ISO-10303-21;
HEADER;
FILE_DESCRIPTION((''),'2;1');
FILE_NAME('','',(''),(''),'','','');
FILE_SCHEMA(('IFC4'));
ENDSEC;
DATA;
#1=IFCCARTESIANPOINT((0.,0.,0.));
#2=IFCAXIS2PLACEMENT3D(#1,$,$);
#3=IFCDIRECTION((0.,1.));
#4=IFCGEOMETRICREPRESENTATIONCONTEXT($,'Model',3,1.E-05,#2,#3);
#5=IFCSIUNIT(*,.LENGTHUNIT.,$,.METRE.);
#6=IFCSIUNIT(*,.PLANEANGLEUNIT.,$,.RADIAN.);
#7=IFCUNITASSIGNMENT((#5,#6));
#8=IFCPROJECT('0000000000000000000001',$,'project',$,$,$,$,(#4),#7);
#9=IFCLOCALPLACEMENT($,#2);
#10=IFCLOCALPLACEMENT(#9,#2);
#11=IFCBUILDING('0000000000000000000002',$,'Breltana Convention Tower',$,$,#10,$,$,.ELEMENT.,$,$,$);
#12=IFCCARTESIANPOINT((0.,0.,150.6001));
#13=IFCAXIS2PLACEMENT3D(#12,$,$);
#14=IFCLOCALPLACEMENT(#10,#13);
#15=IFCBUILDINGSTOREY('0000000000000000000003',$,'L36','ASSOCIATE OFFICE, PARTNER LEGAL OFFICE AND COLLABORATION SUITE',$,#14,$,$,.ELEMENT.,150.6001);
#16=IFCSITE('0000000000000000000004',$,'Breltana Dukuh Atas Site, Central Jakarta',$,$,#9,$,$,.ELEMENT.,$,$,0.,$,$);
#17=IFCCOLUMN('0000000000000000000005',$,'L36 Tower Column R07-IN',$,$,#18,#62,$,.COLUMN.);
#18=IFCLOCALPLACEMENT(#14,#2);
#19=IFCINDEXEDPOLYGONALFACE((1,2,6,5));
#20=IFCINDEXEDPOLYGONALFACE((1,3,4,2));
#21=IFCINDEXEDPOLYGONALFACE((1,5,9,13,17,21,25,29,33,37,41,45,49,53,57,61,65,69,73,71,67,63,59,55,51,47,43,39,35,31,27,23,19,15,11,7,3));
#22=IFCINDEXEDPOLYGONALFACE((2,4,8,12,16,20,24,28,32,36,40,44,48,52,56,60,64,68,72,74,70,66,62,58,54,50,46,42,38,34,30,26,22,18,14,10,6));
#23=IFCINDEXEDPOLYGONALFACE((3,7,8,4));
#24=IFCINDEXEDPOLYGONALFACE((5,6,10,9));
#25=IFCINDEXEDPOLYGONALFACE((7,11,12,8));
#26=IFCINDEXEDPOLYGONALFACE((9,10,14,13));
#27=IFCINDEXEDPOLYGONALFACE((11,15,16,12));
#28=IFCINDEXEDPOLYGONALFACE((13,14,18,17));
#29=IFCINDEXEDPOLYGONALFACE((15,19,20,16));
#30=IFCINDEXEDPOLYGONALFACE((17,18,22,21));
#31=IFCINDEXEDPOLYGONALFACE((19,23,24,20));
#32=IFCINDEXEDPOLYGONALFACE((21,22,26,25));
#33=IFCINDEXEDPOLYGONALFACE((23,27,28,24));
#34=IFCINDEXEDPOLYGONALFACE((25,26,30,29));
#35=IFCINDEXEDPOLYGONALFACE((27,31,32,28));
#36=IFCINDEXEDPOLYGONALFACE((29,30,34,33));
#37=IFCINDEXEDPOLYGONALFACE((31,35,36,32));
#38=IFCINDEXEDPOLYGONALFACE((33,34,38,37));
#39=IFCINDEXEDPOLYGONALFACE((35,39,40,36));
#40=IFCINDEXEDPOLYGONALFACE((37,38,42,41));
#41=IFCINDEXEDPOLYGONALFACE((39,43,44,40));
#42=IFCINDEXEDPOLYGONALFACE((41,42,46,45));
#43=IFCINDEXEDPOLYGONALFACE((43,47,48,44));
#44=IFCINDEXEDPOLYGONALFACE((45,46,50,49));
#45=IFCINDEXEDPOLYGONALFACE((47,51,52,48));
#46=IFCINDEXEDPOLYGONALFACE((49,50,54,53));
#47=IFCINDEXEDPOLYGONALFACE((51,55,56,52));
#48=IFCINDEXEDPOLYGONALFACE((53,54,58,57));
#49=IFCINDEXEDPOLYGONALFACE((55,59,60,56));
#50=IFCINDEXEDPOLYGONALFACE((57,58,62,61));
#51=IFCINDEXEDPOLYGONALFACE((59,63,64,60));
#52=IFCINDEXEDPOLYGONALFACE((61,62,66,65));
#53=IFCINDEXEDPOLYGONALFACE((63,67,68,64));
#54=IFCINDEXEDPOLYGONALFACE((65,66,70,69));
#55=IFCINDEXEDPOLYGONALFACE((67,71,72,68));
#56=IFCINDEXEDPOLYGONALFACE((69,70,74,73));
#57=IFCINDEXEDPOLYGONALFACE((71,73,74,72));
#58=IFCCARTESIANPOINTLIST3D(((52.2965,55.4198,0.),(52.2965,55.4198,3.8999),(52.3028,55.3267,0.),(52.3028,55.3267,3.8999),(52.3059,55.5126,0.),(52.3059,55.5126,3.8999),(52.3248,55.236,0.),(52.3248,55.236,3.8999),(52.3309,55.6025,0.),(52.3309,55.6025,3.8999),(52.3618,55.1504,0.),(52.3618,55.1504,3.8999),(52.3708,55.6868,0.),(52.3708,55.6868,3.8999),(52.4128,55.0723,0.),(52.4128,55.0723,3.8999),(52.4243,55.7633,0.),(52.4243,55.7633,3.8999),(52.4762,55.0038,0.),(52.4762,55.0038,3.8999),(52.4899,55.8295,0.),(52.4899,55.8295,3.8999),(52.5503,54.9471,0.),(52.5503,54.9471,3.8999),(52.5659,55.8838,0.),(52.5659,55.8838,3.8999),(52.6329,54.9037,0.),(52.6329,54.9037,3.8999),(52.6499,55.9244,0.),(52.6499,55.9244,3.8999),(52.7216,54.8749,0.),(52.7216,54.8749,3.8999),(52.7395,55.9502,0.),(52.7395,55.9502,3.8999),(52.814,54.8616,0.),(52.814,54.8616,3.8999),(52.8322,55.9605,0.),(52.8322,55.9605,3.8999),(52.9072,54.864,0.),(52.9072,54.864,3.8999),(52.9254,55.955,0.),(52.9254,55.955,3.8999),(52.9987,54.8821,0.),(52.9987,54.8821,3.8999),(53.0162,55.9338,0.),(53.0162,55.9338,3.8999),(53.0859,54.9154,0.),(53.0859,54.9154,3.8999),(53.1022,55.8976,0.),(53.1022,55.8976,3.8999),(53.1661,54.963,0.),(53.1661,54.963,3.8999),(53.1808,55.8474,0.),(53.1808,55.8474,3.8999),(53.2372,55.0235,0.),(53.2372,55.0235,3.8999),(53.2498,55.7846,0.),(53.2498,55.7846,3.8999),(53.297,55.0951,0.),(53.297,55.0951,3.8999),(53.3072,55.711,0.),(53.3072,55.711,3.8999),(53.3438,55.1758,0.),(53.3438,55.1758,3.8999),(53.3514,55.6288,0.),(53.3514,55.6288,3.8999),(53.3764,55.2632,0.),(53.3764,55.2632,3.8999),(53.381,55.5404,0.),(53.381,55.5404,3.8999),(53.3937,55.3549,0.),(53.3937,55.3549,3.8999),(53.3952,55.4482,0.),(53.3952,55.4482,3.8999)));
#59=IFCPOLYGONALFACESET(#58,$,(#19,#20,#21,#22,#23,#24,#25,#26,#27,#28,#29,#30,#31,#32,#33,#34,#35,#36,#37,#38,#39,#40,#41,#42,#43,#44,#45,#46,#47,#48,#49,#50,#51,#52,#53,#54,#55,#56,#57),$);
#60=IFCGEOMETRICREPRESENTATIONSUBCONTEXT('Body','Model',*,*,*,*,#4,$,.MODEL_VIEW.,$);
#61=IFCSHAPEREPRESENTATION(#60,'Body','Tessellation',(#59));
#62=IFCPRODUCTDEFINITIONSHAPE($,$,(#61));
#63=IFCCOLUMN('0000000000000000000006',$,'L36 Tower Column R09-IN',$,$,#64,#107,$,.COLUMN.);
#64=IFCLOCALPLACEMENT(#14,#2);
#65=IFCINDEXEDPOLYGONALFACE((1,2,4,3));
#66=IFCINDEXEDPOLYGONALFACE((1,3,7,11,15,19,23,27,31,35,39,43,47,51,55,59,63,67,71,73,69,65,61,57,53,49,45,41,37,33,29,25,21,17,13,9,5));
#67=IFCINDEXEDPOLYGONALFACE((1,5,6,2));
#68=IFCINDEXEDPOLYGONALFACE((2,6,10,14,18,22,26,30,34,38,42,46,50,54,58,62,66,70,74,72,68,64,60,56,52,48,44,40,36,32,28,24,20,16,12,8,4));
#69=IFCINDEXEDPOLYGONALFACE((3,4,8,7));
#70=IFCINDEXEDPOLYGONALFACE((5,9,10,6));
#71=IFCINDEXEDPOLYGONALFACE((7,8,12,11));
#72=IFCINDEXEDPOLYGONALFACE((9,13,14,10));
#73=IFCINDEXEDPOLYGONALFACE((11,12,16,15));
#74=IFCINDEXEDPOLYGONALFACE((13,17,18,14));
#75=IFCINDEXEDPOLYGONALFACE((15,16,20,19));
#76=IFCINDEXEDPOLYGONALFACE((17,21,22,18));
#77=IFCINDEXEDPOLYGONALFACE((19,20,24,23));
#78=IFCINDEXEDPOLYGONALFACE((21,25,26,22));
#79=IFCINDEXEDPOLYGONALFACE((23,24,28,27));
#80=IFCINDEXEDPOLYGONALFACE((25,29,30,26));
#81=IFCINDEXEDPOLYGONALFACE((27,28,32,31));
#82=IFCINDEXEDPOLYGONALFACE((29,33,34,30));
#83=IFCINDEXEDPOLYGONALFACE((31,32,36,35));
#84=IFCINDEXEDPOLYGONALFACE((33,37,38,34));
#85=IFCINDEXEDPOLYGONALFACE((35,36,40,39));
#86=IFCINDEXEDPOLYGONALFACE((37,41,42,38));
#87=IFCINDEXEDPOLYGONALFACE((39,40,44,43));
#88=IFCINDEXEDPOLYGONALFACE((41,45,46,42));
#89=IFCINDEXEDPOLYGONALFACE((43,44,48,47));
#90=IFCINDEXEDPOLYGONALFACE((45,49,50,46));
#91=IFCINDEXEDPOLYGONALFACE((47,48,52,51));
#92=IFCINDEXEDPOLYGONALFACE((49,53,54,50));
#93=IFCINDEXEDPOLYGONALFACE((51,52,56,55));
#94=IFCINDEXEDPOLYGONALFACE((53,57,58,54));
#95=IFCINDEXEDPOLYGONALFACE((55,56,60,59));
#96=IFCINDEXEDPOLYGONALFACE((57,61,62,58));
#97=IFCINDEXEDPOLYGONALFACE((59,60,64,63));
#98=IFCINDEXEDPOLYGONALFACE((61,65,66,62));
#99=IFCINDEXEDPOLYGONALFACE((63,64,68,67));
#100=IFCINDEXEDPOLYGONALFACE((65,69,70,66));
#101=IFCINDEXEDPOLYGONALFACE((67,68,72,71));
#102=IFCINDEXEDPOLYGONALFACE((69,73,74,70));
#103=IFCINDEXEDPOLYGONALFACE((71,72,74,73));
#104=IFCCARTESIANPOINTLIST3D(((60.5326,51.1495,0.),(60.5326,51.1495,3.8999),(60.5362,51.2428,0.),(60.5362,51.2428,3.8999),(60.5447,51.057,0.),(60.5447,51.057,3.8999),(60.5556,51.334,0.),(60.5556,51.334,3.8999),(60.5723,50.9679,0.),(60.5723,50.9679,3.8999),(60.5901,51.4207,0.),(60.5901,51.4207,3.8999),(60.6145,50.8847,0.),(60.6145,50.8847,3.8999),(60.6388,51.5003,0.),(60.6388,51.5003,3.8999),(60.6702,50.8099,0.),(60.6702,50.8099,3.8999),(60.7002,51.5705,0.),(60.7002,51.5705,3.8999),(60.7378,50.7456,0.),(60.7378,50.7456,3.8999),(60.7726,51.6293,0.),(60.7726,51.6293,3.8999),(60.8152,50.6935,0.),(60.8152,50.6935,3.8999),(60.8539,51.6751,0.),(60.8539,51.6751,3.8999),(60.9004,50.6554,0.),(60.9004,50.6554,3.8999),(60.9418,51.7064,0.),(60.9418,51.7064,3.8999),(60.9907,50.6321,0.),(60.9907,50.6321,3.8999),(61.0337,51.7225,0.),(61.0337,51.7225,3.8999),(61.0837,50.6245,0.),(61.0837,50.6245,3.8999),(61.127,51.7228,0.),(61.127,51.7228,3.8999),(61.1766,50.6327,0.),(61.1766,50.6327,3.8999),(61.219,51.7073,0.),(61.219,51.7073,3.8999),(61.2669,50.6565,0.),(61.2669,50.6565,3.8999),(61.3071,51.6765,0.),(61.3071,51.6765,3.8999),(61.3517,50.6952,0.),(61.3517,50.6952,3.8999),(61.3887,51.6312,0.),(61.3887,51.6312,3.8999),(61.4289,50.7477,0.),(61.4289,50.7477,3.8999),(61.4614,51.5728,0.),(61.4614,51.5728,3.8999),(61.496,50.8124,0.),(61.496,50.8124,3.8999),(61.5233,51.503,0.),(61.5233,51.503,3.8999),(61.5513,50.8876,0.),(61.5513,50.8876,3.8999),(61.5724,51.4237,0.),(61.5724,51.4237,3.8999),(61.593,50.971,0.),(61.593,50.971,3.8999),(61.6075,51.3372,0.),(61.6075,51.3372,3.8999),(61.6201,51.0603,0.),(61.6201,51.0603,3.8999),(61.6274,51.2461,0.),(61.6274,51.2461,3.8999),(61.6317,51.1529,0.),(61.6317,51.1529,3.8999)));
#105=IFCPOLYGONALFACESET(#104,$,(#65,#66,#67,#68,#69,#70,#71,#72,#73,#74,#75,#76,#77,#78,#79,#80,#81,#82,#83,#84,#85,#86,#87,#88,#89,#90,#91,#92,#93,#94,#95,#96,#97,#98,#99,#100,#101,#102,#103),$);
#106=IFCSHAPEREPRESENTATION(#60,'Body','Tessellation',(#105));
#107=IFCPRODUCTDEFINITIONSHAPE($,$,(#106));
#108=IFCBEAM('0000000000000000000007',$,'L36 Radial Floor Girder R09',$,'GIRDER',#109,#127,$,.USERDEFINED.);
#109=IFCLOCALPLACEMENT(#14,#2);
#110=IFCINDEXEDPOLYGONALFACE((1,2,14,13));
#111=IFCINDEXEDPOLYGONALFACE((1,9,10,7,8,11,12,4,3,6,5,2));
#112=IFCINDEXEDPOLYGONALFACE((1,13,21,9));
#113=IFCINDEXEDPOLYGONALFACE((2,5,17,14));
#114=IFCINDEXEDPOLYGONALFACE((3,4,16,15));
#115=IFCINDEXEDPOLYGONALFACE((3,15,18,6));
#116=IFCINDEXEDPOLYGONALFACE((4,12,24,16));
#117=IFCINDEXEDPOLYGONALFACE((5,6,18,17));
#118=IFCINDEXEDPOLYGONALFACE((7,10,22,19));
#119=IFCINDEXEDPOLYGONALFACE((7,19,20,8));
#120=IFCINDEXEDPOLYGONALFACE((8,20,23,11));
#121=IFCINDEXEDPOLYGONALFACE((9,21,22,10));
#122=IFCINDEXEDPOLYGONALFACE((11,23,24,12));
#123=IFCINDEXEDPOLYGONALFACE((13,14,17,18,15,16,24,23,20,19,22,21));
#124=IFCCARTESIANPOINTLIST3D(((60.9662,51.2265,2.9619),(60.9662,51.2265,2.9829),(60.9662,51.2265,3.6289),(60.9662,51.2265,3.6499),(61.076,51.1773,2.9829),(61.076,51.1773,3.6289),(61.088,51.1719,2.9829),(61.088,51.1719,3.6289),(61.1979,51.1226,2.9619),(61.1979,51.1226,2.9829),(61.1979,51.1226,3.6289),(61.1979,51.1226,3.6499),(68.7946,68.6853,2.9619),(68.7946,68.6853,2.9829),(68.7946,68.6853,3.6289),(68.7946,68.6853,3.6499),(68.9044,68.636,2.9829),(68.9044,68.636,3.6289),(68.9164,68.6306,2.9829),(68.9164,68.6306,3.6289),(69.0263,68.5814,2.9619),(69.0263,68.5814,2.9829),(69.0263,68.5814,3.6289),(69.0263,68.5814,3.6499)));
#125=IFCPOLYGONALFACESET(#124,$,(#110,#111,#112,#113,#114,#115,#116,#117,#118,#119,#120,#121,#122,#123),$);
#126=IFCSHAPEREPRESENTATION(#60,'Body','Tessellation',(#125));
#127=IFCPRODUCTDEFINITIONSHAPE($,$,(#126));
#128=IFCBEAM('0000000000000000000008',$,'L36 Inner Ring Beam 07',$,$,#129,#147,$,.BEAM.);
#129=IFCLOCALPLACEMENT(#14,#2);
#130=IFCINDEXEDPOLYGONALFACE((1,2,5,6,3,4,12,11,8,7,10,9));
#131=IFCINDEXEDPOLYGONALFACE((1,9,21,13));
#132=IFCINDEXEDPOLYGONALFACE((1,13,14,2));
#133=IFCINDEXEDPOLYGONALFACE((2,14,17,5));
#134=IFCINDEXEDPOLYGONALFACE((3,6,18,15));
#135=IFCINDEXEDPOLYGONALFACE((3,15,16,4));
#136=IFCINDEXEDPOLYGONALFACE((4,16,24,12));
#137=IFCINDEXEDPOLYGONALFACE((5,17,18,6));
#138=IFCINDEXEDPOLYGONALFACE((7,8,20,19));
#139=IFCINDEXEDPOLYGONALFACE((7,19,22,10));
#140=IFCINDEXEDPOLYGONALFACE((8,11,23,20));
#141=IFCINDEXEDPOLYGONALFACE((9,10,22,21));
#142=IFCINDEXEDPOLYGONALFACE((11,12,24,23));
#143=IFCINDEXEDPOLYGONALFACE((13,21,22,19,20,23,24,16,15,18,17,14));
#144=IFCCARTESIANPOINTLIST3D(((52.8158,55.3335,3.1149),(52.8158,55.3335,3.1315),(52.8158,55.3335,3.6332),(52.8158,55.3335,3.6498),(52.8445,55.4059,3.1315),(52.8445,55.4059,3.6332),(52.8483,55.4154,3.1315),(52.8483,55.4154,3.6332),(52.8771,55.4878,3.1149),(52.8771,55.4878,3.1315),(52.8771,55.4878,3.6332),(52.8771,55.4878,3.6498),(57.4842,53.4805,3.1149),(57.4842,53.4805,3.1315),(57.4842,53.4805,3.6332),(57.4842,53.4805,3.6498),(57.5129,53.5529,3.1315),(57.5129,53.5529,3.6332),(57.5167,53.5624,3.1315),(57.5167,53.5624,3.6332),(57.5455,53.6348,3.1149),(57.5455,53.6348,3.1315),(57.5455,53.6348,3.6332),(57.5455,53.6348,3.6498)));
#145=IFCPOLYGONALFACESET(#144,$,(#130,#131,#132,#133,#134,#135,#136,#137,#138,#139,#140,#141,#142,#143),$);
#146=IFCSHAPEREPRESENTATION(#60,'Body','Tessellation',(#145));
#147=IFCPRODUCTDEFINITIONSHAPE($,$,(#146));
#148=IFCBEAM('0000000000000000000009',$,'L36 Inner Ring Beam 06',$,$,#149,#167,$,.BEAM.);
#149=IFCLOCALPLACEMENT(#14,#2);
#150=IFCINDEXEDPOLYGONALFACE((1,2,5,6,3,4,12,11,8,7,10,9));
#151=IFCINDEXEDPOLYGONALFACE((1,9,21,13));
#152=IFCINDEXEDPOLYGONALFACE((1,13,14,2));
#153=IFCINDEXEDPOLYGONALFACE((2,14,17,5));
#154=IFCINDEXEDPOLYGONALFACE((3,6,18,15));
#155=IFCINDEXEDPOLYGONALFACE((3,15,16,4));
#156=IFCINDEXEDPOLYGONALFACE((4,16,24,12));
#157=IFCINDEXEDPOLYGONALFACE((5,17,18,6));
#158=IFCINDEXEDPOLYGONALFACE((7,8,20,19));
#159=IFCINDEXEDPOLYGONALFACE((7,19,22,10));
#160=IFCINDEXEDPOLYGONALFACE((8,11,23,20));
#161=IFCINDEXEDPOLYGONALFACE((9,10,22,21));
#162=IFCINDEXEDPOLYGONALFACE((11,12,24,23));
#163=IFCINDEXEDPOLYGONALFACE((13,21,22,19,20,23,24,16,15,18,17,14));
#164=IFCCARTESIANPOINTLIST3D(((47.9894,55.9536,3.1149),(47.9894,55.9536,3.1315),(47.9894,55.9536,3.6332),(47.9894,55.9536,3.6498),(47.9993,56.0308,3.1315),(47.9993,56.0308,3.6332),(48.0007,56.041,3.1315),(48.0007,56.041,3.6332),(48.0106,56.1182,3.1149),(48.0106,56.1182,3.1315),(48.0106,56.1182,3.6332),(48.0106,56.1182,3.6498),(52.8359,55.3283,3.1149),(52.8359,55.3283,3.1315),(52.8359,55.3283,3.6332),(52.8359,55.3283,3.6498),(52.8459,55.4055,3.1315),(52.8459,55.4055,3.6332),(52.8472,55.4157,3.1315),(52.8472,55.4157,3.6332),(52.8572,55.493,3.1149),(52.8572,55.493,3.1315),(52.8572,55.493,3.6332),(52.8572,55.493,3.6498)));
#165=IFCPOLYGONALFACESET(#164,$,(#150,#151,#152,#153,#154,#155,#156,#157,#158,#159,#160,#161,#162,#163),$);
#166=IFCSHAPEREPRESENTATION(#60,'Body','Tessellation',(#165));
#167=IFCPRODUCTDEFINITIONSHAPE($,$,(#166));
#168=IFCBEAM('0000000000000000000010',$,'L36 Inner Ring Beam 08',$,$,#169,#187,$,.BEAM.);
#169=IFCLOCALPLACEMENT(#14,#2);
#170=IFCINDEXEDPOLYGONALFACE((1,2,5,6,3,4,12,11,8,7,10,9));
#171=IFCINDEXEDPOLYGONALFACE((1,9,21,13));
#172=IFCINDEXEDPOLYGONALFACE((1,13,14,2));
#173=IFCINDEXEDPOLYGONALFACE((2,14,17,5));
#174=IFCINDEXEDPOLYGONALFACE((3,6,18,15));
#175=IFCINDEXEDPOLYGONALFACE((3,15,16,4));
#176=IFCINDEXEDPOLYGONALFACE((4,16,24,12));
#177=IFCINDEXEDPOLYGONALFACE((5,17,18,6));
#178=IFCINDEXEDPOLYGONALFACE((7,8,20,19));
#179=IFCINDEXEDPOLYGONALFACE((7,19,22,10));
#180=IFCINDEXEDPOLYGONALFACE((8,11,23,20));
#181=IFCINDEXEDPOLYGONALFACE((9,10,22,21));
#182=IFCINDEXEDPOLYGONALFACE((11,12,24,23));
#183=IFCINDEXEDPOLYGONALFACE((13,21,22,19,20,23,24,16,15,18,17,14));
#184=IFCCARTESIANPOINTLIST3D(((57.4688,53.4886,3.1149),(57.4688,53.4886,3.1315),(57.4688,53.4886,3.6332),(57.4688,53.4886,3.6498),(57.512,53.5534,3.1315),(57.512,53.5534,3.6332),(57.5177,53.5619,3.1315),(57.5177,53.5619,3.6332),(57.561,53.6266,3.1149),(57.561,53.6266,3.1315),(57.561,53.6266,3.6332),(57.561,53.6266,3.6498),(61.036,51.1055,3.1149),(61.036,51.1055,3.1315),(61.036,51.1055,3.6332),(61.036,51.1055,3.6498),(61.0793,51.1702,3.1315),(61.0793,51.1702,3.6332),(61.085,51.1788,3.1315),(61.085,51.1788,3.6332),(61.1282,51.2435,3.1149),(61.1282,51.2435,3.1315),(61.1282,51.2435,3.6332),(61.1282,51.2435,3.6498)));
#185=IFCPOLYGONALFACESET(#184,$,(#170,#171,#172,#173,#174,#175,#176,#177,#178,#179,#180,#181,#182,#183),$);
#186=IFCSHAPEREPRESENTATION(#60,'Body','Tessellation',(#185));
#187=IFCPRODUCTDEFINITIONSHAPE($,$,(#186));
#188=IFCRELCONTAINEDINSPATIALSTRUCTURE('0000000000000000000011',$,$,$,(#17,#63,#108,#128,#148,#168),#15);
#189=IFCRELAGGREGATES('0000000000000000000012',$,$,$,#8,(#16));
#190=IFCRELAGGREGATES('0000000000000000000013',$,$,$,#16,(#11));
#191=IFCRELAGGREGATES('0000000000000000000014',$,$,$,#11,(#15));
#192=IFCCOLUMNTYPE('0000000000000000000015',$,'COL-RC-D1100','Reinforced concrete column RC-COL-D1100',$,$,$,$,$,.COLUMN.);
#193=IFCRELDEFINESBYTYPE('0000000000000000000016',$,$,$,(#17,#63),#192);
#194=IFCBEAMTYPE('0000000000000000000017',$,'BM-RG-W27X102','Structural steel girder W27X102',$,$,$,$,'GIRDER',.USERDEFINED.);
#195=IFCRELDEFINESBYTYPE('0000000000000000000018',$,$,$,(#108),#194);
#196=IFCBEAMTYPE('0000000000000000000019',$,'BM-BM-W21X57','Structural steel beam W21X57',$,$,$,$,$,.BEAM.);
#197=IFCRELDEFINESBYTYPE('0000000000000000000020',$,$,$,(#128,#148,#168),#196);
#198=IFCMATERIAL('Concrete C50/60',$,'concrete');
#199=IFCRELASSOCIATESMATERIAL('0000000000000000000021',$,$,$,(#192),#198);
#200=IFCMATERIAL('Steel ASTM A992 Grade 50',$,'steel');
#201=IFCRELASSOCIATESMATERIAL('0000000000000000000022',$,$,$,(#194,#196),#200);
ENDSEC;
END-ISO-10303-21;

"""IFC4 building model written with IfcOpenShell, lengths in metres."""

from ifc_helpers import new_model, si_unit, direction, frame, origin, origin_2d, place, context, subcontext, project, spatial, circle, i_section, extrude, source, transform, mapped, material, material_profile, profile_set, type_object, element, save


model = new_model("IFC4")

# Units and contexts
model_context = context("Model", 3, precision=1e-05, world=origin(), true_north=direction((0.0, 1.0)))
body_context = subcontext(model_context, "Body", "Model", "MODEL_VIEW")
ifc_project = project(units=[si_unit("LENGTHUNIT", "METRE"), si_unit("PLANEANGLEUNIT", "RADIAN")], contexts=[model_context])

# Site, building, storey
site_placement = place(None, origin())
site = spatial("IfcSite", under=ifc_project, at=site_placement, Name="Breltana Dukuh Atas Site, Central Jakarta", CompositionType="ELEMENT", RefElevation=0.0)
building_placement = place(site_placement, origin())
building = spatial("IfcBuilding", under=site, at=building_placement, Name="Breltana Convention Tower", CompositionType="ELEMENT")
storey_placement = place(building_placement, frame((0.0, 0.0, 150.6001)))
storey = spatial("IfcBuildingStorey", under=building, at=storey_placement, Name="L36", Description="ASSOCIATE OFFICE, PARTNER LEGAL OFFICE AND COLLABORATION SUITE", CompositionType="ELEMENT", Elevation=150.6001)

# Columns
ifc_material_1 = material(Name="Concrete C50/60", Category="concrete")
ifc_material_profile_1 = material_profile(ifc_material_1, circle(Radius=0.55, at=origin_2d()), Name="RC-COL-D1100")
ifc_profile_set_1 = profile_set([ifc_material_profile_1], Name="Concrete C50/60")
column_type = type_object("IfcColumnType", Name="COL-RC-D1100", Description="Reinforced concrete column RC-COL-D1100", PredefinedType="COLUMN", material=ifc_profile_set_1)
shared_shape_1 = source(origin(), body_context, "Body", "SweptSolid", [
    extrude(circle(Radius=0.55, at=origin_2d()), origin(), (0.0, 0.0, 1.0), 3.8999),
])
for number, where, z_axis, x_axis, name in (
    (1, (52.8464, 55.4106, 0.0), (0.0, 0.0, 1.0), (0.143493, 0.989651, 0.0), "L36 Tower Column R07-IN"),
    (2, (61.082, 51.1746, 0.0), (0.0, 0.0, 1.0), (0.409127, 0.912477, 0.0), "L36 Tower Column R09-IN"),
):
    element("IfcColumn", number, at=place(storey_placement, frame(where, z_axis=z_axis, x_axis=x_axis)), inside=storey, type_object=column_type, Name=name, PredefinedType="COLUMN", context=body_context, shape_type="MappedRepresentation", body=[
        mapped(shared_shape_1, transform((0.0, 0.0, 0.0), scale=1.0)),
    ])

# Beams
ifc_material_2 = material(Name="Steel ASTM A992 Grade 50", Category="steel")
ifc_material_profile_2 = material_profile(ifc_material_2, i_section(OverallWidth=0.2539, OverallDepth=0.688, WebThickness=0.0132, FlangeThickness=0.021, at=origin_2d()), Name="W27X102")
ifc_profile_set_2 = profile_set([ifc_material_profile_2], Name="Steel ASTM A992 Grade 50")
beam_type_1 = type_object("IfcBeamType", Name="BM-RG-W27X102", Description="Structural steel girder W27X102", ElementType="GIRDER", PredefinedType="USERDEFINED", material=ifc_profile_set_2)
shared_shape_2 = source(origin(), body_context, "Body", "SweptSolid", [
    extrude(i_section(OverallWidth=0.2539, OverallDepth=0.688, WebThickness=0.0132, FlangeThickness=0.021, at=origin_2d()), origin(), (0.0, 0.0, 1.0), 19.1335),
])
beam_1_placement = place(storey_placement, frame((61.082, 51.1746, 3.3059), z_axis=(0.409145, 0.91247, 0.0), x_axis=(-0.91247, 0.409145, 0.0)))
element("IfcBeam", 3, at=beam_1_placement, inside=storey, type_object=beam_type_1, Name="L36 Radial Floor Girder R09", ObjectType="GIRDER", PredefinedType="USERDEFINED", context=body_context, shape_type="MappedRepresentation", body=[
    mapped(shared_shape_2, transform((0.0, 0.0, 0.0), scale=1.0)),
])
ifc_material_profile_3 = material_profile(ifc_material_2, i_section(OverallWidth=0.166, OverallDepth=0.5349, WebThickness=0.0103, FlangeThickness=0.0166, at=origin_2d()), Name="W21X57")
ifc_profile_set_3 = profile_set([ifc_material_profile_3], Name="Steel ASTM A992 Grade 50")
beam_type_2 = type_object("IfcBeamType", Name="BM-BM-W21X57", Description="Structural steel beam W21X57", PredefinedType="BEAM", material=ifc_profile_set_3)
shared_shape_3 = source(origin(), body_context, "Body", "SweptSolid", [
    extrude(i_section(OverallWidth=0.166, OverallDepth=0.5349, WebThickness=0.0103, FlangeThickness=0.0166, at=origin_2d()), origin(), (0.0, 0.0, 1.0), 5.0227),
])
beam_2_placement = place(storey_placement, frame((52.8464, 55.4106, 3.3823), z_axis=(0.929459, -0.368926, 0.0), x_axis=(0.368926, 0.929459, 0.0)))
element("IfcBeam", 4, at=beam_2_placement, inside=storey, type_object=beam_type_2, Name="L36 Inner Ring Beam 07", PredefinedType="BEAM", context=body_context, shape_type="MappedRepresentation", body=[
    mapped(shared_shape_3, transform((0.0, 0.0, 0.0), scale=1.0)),
])
shared_shape_4 = source(origin(), body_context, "Body", "SweptSolid", [
    extrude(i_section(OverallWidth=0.166, OverallDepth=0.5349, WebThickness=0.0103, FlangeThickness=0.0166, at=origin_2d()), origin(), (0.0, 0.0, 1.0), 4.8867),
])
beam_3_placement = place(storey_placement, frame((48.0, 56.0359, 3.3823), z_axis=(0.991781, -0.127951, 0.0), x_axis=(0.127951, 0.991781, 0.0)))
element("IfcBeam", 5, at=beam_3_placement, inside=storey, type_object=beam_type_2, Name="L36 Inner Ring Beam 06", PredefinedType="BEAM", context=body_context, shape_type="MappedRepresentation", body=[
    mapped(shared_shape_4, transform((0.0, 0.0, 0.0), scale=1.0)),
])
shared_shape_5 = source(origin(), body_context, "Body", "SweptSolid", [
    extrude(i_section(OverallWidth=0.166, OverallDepth=0.5349, WebThickness=0.0103, FlangeThickness=0.0166, at=origin_2d()), origin(), (0.0, 0.0, 1.0), 4.29),
])
beam_4_placement = place(storey_placement, frame((57.5149, 53.5576, 3.3823), z_axis=(0.831516, -0.555501, 0.0), x_axis=(0.555501, 0.831516, 0.0)))
element("IfcBeam", 6, at=beam_4_placement, inside=storey, type_object=beam_type_2, Name="L36 Inner Ring Beam 08", PredefinedType="BEAM", context=body_context, shape_type="MappedRepresentation", body=[
    mapped(shared_shape_5, transform((0.0, 0.0, 0.0), scale=1.0)),
])

save(model, "model.ifc")
